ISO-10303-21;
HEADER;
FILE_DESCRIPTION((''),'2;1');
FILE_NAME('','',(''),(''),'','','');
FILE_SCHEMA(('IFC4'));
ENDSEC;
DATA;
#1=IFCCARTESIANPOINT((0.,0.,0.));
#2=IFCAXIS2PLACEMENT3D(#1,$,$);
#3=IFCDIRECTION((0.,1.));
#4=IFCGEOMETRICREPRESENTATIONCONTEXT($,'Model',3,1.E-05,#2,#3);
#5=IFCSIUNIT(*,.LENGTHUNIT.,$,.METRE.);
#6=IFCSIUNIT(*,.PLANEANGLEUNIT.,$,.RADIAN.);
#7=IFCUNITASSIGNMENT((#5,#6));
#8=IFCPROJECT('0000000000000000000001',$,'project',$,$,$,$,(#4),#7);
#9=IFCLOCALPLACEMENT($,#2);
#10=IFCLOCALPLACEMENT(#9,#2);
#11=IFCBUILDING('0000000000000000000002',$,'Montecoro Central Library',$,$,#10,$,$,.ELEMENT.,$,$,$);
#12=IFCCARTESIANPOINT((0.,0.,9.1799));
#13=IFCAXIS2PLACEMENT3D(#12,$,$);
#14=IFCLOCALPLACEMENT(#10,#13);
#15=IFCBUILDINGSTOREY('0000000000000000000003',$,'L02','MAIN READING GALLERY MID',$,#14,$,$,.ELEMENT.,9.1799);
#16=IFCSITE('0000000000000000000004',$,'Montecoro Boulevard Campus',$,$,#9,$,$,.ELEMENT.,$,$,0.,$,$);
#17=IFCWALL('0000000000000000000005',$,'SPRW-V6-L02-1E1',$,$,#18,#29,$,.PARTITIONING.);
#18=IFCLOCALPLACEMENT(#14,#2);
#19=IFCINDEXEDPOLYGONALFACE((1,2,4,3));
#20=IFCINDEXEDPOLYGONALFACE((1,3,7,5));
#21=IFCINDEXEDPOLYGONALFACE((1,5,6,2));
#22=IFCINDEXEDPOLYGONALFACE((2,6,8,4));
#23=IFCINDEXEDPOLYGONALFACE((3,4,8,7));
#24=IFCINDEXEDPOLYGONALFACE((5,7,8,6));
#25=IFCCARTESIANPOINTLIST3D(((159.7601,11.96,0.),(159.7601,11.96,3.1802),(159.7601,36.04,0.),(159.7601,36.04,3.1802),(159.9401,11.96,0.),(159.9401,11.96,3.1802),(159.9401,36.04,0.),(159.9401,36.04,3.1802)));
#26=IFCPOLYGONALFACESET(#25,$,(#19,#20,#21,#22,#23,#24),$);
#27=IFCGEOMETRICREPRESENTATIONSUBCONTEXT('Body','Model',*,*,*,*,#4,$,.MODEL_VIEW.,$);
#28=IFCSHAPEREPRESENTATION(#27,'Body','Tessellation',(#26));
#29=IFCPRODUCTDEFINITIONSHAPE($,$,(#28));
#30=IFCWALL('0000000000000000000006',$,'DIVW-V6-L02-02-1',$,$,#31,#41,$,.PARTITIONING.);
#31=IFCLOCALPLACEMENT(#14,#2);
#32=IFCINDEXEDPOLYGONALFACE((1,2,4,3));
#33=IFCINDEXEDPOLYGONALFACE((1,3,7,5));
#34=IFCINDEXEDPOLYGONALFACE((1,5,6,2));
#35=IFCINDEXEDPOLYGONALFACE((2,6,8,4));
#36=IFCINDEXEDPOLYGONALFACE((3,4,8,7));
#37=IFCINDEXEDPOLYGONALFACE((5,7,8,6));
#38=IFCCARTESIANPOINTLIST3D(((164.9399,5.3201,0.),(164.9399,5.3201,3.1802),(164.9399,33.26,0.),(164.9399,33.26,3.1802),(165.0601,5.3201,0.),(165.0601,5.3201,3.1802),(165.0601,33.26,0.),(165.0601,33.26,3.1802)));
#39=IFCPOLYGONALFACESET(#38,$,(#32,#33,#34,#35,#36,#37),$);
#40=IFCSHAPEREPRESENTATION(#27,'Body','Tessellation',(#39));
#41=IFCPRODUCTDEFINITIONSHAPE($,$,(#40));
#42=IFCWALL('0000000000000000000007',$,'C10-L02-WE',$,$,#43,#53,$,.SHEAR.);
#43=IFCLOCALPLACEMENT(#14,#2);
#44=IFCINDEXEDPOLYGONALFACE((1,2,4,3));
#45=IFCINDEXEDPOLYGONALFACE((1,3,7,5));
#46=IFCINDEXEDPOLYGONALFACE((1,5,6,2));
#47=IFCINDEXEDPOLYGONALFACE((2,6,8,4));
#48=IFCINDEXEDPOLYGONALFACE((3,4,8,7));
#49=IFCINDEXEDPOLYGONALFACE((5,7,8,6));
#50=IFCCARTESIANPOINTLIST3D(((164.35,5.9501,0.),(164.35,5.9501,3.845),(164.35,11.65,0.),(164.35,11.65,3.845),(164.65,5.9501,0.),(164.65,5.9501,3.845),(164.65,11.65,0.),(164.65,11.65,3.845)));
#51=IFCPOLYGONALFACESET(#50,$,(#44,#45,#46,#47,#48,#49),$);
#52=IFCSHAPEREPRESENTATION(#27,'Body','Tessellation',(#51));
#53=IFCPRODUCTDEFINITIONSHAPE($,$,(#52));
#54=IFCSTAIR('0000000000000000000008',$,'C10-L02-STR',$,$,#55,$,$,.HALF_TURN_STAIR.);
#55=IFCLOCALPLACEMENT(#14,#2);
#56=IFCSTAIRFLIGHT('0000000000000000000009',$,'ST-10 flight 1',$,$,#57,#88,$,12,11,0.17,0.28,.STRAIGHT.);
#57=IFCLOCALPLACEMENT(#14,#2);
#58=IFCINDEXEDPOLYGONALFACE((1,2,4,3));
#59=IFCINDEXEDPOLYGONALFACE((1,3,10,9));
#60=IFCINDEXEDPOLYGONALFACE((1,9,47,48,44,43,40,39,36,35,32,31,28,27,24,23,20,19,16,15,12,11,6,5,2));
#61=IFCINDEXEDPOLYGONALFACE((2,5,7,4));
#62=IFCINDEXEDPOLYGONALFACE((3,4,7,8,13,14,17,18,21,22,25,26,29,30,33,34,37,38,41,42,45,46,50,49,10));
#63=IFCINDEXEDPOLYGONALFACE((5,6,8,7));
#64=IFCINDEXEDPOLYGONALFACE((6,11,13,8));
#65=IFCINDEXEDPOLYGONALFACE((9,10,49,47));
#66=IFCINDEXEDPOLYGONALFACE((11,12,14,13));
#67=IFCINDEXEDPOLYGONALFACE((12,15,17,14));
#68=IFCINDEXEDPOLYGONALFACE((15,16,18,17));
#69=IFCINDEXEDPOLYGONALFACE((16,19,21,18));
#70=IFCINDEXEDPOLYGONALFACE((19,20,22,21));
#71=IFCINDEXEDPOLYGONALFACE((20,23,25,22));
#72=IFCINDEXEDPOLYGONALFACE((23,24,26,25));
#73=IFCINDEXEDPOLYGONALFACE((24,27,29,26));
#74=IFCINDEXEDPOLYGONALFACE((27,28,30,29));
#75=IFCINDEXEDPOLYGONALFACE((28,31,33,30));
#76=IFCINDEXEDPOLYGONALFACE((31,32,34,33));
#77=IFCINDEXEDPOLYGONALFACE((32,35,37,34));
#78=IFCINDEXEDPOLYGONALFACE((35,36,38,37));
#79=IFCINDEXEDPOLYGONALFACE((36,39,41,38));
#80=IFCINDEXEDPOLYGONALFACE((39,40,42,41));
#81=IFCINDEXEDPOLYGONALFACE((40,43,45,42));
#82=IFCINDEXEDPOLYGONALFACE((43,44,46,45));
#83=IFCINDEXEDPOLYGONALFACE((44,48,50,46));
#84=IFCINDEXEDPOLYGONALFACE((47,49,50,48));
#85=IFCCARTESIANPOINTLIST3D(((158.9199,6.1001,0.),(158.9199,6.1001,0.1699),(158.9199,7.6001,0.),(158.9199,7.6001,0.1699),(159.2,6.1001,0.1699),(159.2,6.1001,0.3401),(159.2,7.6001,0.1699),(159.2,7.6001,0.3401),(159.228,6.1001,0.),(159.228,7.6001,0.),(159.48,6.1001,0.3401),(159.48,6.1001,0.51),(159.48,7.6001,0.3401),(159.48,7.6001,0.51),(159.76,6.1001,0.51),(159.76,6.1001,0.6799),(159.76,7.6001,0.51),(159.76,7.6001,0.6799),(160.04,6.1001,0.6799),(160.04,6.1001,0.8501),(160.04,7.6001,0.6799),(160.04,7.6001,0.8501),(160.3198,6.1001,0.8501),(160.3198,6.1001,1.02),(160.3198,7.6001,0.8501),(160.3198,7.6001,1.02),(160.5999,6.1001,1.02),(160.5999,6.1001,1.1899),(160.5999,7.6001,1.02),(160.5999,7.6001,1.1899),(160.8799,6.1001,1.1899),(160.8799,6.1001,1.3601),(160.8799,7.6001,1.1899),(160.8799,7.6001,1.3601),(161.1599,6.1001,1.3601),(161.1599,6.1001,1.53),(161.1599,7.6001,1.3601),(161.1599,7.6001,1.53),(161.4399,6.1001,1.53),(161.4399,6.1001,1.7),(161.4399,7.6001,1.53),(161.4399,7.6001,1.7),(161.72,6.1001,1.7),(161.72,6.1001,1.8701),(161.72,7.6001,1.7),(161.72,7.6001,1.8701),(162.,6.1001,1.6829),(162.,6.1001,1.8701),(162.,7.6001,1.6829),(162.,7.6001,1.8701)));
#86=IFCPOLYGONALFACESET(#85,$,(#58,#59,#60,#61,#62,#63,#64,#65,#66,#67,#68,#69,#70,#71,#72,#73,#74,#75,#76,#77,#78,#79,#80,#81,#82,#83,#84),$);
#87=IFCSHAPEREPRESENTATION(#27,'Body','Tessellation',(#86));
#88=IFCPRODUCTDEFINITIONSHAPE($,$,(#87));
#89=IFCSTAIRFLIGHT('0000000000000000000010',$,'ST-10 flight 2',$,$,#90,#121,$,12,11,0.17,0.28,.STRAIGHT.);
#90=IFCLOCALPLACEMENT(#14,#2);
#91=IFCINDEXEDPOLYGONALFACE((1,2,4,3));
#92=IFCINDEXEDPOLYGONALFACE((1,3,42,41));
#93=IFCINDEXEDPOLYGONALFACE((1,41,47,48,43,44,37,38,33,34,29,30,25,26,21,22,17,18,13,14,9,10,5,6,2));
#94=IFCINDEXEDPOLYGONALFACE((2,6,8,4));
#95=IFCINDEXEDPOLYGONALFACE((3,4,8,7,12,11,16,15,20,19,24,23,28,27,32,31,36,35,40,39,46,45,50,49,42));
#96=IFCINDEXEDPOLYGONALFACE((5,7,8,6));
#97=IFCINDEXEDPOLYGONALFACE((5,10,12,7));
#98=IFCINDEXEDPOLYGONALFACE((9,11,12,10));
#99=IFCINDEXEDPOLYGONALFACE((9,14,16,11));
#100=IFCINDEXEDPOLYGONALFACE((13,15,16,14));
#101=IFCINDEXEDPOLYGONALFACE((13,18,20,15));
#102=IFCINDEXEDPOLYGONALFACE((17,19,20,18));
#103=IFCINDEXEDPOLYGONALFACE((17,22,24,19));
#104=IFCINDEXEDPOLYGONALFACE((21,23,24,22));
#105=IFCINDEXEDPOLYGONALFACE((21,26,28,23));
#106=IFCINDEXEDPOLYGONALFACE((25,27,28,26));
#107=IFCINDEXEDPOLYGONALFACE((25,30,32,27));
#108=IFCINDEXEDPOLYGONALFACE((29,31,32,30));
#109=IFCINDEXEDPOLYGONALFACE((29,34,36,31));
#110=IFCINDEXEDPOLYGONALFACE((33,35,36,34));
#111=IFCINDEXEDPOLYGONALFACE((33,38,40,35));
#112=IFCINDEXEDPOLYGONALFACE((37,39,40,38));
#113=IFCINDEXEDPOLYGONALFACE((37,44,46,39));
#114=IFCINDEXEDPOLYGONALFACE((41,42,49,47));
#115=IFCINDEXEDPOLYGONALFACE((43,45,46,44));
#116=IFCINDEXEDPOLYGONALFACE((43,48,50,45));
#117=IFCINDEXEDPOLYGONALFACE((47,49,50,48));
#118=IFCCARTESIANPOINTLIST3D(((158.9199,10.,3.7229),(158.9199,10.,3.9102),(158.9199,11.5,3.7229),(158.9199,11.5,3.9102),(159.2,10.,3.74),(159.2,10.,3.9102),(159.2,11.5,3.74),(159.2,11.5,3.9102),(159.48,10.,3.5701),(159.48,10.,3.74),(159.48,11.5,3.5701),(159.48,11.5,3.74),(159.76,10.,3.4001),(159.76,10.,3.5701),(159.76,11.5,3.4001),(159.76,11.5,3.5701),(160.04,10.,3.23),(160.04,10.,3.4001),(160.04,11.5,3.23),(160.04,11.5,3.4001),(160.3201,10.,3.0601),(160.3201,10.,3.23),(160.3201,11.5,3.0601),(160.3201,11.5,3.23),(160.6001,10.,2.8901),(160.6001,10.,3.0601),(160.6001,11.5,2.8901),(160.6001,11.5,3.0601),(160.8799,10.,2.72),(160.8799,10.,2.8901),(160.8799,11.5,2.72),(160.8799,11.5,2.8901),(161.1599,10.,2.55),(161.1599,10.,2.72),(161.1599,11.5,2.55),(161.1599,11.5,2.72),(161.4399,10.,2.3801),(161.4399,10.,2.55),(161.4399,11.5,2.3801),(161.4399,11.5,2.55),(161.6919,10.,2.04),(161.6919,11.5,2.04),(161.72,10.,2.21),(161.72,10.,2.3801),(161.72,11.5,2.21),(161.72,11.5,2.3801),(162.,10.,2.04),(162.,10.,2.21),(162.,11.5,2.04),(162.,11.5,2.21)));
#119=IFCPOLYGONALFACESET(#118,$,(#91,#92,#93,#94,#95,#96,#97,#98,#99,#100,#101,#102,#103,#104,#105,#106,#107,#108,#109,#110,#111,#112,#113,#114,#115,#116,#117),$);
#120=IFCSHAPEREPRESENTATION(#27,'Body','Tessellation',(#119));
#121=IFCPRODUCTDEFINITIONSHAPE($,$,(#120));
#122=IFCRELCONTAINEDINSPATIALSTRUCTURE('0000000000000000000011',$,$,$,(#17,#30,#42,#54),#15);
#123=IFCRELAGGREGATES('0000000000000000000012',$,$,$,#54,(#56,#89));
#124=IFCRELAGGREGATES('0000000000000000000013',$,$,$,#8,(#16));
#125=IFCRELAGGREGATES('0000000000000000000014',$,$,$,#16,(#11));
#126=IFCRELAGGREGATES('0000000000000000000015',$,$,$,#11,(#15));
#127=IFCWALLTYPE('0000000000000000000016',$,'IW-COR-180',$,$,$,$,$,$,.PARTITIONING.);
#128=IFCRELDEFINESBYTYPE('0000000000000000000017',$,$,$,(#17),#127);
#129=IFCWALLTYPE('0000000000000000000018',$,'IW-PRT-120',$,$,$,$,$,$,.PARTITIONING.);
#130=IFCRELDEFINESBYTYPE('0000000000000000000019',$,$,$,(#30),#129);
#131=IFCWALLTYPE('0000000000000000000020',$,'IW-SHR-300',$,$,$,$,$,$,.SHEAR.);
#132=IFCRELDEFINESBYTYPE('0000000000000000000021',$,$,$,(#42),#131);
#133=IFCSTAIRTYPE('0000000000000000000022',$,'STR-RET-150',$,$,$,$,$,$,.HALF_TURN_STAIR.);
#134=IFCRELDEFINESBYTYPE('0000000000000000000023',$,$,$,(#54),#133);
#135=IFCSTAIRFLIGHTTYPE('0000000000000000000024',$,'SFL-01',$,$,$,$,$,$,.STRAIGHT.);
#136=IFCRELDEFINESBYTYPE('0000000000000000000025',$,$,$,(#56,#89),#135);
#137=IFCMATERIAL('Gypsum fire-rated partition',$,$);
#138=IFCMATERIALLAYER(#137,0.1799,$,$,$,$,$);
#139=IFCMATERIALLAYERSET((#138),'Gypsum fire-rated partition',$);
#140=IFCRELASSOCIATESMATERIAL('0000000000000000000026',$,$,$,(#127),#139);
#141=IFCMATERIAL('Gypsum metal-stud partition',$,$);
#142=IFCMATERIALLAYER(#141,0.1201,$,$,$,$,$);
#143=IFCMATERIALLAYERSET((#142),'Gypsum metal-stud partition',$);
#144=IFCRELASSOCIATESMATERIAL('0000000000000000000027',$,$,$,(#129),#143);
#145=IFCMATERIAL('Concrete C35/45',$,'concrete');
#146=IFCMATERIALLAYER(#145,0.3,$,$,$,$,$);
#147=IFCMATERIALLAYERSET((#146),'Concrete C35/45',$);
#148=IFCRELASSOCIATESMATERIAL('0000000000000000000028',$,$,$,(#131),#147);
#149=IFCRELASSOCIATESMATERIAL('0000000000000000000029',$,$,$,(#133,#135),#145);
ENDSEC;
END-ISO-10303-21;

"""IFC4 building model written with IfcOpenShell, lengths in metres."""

from ifc_helpers import new_model, si_unit, direction, frame, frame_2d, origin, place, context, subcontext, project, spatial, polyline, rectangle, outline, extrude, material, layer, layer_set, type_object, element, aggregate, save


model = new_model("IFC4")

# Units and contexts
model_context = context("Model", 3, precision=1e-05, world=origin(), true_north=direction((0.0, 1.0)))
body_context = subcontext(model_context, "Body", "Model", "MODEL_VIEW")
ifc_project = project(units=[si_unit("LENGTHUNIT", "METRE"), si_unit("PLANEANGLEUNIT", "RADIAN")], contexts=[model_context])

# Site, building, storey
site_placement = place(None, origin())
site = spatial("IfcSite", under=ifc_project, at=site_placement, Name="Montecoro Boulevard Campus", CompositionType="ELEMENT", RefElevation=0.0)
building_placement = place(site_placement, origin())
building = spatial("IfcBuilding", under=site, at=building_placement, Name="Montecoro Central Library", CompositionType="ELEMENT")
storey_placement = place(building_placement, frame((0.0, 0.0, 9.1799)))
storey = spatial("IfcBuildingStorey", under=building, at=storey_placement, Name="L02", Description="MAIN READING GALLERY MID", CompositionType="ELEMENT", Elevation=9.1799)

# Walls
ifc_material_1 = material(Name="Gypsum fire-rated partition")
ifc_layer_1 = layer(ifc_material_1, 0.1799)
ifc_layer_set_1 = layer_set([ifc_layer_1], Name="Gypsum fire-rated partition")
wall_type_1 = type_object("IfcWallType", Name="IW-COR-180", PredefinedType="PARTITIONING", material=ifc_layer_set_1)
wall_1_placement = place(storey_placement, frame((159.8501, 11.96, 0.0), z_axis=(0.0, 0.0, 1.0), x_axis=(0.0, 1.0, 0.0)))
element("IfcWall", 1, at=wall_1_placement, inside=storey, type_object=wall_type_1, Name="SPRW-V6-L02-1E1", PredefinedType="PARTITIONING", context=body_context, shape_type="SweptSolid", body=[
    extrude(rectangle(XDim=24.0801, YDim=0.1799, at=frame_2d((12.04, 0.0))), origin(), (0.0, 0.0, 1.0), 3.1802),
])
ifc_material_2 = material(Name="Gypsum metal-stud partition")
ifc_layer_2 = layer(ifc_material_2, 0.1201)
ifc_layer_set_2 = layer_set([ifc_layer_2], Name="Gypsum metal-stud partition")
wall_type_2 = type_object("IfcWallType", Name="IW-PRT-120", PredefinedType="PARTITIONING", material=ifc_layer_set_2)
wall_2_placement = place(storey_placement, frame((165.0, 5.3201, 0.0), z_axis=(0.0, 0.0, 1.0), x_axis=(0.0, 1.0, 0.0)))
element("IfcWall", 2, at=wall_2_placement, inside=storey, type_object=wall_type_2, Name="DIVW-V6-L02-02-1", PredefinedType="PARTITIONING", context=body_context, shape_type="SweptSolid", body=[
    extrude(rectangle(XDim=27.9399, YDim=0.1201, at=frame_2d((13.97, 0.0))), origin(), (0.0, 0.0, 1.0), 3.1802),
])
ifc_material_3 = material(Name="Concrete C35/45", Category="concrete")
ifc_layer_3 = layer(ifc_material_3, 0.3)
ifc_layer_set_3 = layer_set([ifc_layer_3], Name="Concrete C35/45")
wall_type_3 = type_object("IfcWallType", Name="IW-SHR-300", PredefinedType="SHEAR", material=ifc_layer_set_3)
wall_3_placement = place(storey_placement, frame((164.5, 5.95, 0.0), z_axis=(0.0, 0.0, 1.0), x_axis=(0.0, 1.0, 0.0)))
element("IfcWall", 3, at=wall_3_placement, inside=storey, type_object=wall_type_3, Name="C10-L02-WE", PredefinedType="SHEAR", context=body_context, shape_type="SweptSolid", body=[
    extrude(rectangle(XDim=5.7, YDim=0.3, at=frame_2d((2.8501, 0.0))), origin(), (0.0, 0.0, 1.0), 3.845),
])

# Stair, stair flights
stair_type = type_object("IfcStairType", Name="STR-RET-150", PredefinedType="HALF_TURN_STAIR", material=ifc_material_3)
stair_placement = place(storey_placement, origin())
stair = element("IfcStair", 4, at=stair_placement, inside=storey, type_object=stair_type, Name="C10-L02-STR", PredefinedType="HALF_TURN_STAIR")
stair_flight_type = type_object("IfcStairFlightType", Name="SFL-01", PredefinedType="STRAIGHT", material=ifc_material_3)
stair_flight_1_placement = place(storey_placement, frame((158.9199, 6.8501, 0.0), z_axis=(0.0, 0.0, 1.0), x_axis=(1.0, 0.0, 0.0)))
stair_flight_1 = element("IfcStairFlight", 5, at=stair_flight_1_placement, type_object=stair_flight_type, Name="ST-10 flight 1", NumberOfRisers=12, NumberOfTreads=11, PredefinedType="STRAIGHT", RiserHeight=0.17, TreadLength=0.28, context=body_context, shape_type="SweptSolid", body=[
    extrude(outline(polyline([(0.0, 0.0), (0.0, 0.1699), (0.28, 0.1699), (0.28, 0.3401), (0.5601, 0.3401), (0.5601, 0.51), (0.8401, 0.51), (0.8401, 0.6799), (1.1201, 0.6799), (1.1201, 0.8501), (1.3999, 0.8501), (1.3999, 1.02), (1.6799, 1.02), (1.6799, 1.1899), (1.96, 1.1899), (1.96, 1.3601), (2.24, 1.3601), (2.24, 1.53), (2.52, 1.53), (2.52, 1.7), (2.8, 1.7), (2.8, 1.8701), (3.0801, 1.8701), (3.0801, 2.04), (3.0801, 1.6829), (0.3081, 0.0), (0.0, 0.0)])), frame((0.0, 0.75, 0.0), z_axis=(0.0, -1.0, 0.0), x_axis=(1.0, 0.0, 0.0)), (0.0, 0.0, 1.0), 1.5),
])
stair_flight_2_placement = place(storey_placement, frame((162.0, 10.75, 2.04), z_axis=(0.0, 0.0, 1.0), x_axis=(-1.0, 0.0, 0.0)))
stair_flight_2 = element("IfcStairFlight", 6, at=stair_flight_2_placement, type_object=stair_flight_type, Name="ST-10 flight 2", NumberOfRisers=12, NumberOfTreads=11, PredefinedType="STRAIGHT", RiserHeight=0.17, TreadLength=0.28, context=body_context, shape_type="SweptSolid", body=[
    extrude(outline(polyline([(0.0, 0.0), (0.0, 0.1699), (0.28, 0.1699), (0.28, 0.3401), (0.5601, 0.3401), (0.5601, 0.51), (0.8401, 0.51), (0.8401, 0.6799), (1.1201, 0.6799), (1.1201, 0.8501), (1.3999, 0.8501), (1.3999, 1.02), (1.6799, 1.02), (1.6799, 1.1899), (1.96, 1.1899), (1.96, 1.3601), (2.24, 1.3601), (2.24, 1.53), (2.52, 1.53), (2.52, 1.7), (2.8, 1.7), (2.8, 1.8701), (3.0801, 1.8701), (3.0801, 2.04), (3.0801, 1.6829), (0.3081, 0.0), (0.0, 0.0)])), frame((0.0, 0.75, 0.0), z_axis=(0.0, -1.0, 0.0), x_axis=(1.0, 0.0, 0.0)), (0.0, 0.0, 1.0), 1.5),
])
aggregate(stair, [stair_flight_1, stair_flight_2])

save(model, "model.ifc")
